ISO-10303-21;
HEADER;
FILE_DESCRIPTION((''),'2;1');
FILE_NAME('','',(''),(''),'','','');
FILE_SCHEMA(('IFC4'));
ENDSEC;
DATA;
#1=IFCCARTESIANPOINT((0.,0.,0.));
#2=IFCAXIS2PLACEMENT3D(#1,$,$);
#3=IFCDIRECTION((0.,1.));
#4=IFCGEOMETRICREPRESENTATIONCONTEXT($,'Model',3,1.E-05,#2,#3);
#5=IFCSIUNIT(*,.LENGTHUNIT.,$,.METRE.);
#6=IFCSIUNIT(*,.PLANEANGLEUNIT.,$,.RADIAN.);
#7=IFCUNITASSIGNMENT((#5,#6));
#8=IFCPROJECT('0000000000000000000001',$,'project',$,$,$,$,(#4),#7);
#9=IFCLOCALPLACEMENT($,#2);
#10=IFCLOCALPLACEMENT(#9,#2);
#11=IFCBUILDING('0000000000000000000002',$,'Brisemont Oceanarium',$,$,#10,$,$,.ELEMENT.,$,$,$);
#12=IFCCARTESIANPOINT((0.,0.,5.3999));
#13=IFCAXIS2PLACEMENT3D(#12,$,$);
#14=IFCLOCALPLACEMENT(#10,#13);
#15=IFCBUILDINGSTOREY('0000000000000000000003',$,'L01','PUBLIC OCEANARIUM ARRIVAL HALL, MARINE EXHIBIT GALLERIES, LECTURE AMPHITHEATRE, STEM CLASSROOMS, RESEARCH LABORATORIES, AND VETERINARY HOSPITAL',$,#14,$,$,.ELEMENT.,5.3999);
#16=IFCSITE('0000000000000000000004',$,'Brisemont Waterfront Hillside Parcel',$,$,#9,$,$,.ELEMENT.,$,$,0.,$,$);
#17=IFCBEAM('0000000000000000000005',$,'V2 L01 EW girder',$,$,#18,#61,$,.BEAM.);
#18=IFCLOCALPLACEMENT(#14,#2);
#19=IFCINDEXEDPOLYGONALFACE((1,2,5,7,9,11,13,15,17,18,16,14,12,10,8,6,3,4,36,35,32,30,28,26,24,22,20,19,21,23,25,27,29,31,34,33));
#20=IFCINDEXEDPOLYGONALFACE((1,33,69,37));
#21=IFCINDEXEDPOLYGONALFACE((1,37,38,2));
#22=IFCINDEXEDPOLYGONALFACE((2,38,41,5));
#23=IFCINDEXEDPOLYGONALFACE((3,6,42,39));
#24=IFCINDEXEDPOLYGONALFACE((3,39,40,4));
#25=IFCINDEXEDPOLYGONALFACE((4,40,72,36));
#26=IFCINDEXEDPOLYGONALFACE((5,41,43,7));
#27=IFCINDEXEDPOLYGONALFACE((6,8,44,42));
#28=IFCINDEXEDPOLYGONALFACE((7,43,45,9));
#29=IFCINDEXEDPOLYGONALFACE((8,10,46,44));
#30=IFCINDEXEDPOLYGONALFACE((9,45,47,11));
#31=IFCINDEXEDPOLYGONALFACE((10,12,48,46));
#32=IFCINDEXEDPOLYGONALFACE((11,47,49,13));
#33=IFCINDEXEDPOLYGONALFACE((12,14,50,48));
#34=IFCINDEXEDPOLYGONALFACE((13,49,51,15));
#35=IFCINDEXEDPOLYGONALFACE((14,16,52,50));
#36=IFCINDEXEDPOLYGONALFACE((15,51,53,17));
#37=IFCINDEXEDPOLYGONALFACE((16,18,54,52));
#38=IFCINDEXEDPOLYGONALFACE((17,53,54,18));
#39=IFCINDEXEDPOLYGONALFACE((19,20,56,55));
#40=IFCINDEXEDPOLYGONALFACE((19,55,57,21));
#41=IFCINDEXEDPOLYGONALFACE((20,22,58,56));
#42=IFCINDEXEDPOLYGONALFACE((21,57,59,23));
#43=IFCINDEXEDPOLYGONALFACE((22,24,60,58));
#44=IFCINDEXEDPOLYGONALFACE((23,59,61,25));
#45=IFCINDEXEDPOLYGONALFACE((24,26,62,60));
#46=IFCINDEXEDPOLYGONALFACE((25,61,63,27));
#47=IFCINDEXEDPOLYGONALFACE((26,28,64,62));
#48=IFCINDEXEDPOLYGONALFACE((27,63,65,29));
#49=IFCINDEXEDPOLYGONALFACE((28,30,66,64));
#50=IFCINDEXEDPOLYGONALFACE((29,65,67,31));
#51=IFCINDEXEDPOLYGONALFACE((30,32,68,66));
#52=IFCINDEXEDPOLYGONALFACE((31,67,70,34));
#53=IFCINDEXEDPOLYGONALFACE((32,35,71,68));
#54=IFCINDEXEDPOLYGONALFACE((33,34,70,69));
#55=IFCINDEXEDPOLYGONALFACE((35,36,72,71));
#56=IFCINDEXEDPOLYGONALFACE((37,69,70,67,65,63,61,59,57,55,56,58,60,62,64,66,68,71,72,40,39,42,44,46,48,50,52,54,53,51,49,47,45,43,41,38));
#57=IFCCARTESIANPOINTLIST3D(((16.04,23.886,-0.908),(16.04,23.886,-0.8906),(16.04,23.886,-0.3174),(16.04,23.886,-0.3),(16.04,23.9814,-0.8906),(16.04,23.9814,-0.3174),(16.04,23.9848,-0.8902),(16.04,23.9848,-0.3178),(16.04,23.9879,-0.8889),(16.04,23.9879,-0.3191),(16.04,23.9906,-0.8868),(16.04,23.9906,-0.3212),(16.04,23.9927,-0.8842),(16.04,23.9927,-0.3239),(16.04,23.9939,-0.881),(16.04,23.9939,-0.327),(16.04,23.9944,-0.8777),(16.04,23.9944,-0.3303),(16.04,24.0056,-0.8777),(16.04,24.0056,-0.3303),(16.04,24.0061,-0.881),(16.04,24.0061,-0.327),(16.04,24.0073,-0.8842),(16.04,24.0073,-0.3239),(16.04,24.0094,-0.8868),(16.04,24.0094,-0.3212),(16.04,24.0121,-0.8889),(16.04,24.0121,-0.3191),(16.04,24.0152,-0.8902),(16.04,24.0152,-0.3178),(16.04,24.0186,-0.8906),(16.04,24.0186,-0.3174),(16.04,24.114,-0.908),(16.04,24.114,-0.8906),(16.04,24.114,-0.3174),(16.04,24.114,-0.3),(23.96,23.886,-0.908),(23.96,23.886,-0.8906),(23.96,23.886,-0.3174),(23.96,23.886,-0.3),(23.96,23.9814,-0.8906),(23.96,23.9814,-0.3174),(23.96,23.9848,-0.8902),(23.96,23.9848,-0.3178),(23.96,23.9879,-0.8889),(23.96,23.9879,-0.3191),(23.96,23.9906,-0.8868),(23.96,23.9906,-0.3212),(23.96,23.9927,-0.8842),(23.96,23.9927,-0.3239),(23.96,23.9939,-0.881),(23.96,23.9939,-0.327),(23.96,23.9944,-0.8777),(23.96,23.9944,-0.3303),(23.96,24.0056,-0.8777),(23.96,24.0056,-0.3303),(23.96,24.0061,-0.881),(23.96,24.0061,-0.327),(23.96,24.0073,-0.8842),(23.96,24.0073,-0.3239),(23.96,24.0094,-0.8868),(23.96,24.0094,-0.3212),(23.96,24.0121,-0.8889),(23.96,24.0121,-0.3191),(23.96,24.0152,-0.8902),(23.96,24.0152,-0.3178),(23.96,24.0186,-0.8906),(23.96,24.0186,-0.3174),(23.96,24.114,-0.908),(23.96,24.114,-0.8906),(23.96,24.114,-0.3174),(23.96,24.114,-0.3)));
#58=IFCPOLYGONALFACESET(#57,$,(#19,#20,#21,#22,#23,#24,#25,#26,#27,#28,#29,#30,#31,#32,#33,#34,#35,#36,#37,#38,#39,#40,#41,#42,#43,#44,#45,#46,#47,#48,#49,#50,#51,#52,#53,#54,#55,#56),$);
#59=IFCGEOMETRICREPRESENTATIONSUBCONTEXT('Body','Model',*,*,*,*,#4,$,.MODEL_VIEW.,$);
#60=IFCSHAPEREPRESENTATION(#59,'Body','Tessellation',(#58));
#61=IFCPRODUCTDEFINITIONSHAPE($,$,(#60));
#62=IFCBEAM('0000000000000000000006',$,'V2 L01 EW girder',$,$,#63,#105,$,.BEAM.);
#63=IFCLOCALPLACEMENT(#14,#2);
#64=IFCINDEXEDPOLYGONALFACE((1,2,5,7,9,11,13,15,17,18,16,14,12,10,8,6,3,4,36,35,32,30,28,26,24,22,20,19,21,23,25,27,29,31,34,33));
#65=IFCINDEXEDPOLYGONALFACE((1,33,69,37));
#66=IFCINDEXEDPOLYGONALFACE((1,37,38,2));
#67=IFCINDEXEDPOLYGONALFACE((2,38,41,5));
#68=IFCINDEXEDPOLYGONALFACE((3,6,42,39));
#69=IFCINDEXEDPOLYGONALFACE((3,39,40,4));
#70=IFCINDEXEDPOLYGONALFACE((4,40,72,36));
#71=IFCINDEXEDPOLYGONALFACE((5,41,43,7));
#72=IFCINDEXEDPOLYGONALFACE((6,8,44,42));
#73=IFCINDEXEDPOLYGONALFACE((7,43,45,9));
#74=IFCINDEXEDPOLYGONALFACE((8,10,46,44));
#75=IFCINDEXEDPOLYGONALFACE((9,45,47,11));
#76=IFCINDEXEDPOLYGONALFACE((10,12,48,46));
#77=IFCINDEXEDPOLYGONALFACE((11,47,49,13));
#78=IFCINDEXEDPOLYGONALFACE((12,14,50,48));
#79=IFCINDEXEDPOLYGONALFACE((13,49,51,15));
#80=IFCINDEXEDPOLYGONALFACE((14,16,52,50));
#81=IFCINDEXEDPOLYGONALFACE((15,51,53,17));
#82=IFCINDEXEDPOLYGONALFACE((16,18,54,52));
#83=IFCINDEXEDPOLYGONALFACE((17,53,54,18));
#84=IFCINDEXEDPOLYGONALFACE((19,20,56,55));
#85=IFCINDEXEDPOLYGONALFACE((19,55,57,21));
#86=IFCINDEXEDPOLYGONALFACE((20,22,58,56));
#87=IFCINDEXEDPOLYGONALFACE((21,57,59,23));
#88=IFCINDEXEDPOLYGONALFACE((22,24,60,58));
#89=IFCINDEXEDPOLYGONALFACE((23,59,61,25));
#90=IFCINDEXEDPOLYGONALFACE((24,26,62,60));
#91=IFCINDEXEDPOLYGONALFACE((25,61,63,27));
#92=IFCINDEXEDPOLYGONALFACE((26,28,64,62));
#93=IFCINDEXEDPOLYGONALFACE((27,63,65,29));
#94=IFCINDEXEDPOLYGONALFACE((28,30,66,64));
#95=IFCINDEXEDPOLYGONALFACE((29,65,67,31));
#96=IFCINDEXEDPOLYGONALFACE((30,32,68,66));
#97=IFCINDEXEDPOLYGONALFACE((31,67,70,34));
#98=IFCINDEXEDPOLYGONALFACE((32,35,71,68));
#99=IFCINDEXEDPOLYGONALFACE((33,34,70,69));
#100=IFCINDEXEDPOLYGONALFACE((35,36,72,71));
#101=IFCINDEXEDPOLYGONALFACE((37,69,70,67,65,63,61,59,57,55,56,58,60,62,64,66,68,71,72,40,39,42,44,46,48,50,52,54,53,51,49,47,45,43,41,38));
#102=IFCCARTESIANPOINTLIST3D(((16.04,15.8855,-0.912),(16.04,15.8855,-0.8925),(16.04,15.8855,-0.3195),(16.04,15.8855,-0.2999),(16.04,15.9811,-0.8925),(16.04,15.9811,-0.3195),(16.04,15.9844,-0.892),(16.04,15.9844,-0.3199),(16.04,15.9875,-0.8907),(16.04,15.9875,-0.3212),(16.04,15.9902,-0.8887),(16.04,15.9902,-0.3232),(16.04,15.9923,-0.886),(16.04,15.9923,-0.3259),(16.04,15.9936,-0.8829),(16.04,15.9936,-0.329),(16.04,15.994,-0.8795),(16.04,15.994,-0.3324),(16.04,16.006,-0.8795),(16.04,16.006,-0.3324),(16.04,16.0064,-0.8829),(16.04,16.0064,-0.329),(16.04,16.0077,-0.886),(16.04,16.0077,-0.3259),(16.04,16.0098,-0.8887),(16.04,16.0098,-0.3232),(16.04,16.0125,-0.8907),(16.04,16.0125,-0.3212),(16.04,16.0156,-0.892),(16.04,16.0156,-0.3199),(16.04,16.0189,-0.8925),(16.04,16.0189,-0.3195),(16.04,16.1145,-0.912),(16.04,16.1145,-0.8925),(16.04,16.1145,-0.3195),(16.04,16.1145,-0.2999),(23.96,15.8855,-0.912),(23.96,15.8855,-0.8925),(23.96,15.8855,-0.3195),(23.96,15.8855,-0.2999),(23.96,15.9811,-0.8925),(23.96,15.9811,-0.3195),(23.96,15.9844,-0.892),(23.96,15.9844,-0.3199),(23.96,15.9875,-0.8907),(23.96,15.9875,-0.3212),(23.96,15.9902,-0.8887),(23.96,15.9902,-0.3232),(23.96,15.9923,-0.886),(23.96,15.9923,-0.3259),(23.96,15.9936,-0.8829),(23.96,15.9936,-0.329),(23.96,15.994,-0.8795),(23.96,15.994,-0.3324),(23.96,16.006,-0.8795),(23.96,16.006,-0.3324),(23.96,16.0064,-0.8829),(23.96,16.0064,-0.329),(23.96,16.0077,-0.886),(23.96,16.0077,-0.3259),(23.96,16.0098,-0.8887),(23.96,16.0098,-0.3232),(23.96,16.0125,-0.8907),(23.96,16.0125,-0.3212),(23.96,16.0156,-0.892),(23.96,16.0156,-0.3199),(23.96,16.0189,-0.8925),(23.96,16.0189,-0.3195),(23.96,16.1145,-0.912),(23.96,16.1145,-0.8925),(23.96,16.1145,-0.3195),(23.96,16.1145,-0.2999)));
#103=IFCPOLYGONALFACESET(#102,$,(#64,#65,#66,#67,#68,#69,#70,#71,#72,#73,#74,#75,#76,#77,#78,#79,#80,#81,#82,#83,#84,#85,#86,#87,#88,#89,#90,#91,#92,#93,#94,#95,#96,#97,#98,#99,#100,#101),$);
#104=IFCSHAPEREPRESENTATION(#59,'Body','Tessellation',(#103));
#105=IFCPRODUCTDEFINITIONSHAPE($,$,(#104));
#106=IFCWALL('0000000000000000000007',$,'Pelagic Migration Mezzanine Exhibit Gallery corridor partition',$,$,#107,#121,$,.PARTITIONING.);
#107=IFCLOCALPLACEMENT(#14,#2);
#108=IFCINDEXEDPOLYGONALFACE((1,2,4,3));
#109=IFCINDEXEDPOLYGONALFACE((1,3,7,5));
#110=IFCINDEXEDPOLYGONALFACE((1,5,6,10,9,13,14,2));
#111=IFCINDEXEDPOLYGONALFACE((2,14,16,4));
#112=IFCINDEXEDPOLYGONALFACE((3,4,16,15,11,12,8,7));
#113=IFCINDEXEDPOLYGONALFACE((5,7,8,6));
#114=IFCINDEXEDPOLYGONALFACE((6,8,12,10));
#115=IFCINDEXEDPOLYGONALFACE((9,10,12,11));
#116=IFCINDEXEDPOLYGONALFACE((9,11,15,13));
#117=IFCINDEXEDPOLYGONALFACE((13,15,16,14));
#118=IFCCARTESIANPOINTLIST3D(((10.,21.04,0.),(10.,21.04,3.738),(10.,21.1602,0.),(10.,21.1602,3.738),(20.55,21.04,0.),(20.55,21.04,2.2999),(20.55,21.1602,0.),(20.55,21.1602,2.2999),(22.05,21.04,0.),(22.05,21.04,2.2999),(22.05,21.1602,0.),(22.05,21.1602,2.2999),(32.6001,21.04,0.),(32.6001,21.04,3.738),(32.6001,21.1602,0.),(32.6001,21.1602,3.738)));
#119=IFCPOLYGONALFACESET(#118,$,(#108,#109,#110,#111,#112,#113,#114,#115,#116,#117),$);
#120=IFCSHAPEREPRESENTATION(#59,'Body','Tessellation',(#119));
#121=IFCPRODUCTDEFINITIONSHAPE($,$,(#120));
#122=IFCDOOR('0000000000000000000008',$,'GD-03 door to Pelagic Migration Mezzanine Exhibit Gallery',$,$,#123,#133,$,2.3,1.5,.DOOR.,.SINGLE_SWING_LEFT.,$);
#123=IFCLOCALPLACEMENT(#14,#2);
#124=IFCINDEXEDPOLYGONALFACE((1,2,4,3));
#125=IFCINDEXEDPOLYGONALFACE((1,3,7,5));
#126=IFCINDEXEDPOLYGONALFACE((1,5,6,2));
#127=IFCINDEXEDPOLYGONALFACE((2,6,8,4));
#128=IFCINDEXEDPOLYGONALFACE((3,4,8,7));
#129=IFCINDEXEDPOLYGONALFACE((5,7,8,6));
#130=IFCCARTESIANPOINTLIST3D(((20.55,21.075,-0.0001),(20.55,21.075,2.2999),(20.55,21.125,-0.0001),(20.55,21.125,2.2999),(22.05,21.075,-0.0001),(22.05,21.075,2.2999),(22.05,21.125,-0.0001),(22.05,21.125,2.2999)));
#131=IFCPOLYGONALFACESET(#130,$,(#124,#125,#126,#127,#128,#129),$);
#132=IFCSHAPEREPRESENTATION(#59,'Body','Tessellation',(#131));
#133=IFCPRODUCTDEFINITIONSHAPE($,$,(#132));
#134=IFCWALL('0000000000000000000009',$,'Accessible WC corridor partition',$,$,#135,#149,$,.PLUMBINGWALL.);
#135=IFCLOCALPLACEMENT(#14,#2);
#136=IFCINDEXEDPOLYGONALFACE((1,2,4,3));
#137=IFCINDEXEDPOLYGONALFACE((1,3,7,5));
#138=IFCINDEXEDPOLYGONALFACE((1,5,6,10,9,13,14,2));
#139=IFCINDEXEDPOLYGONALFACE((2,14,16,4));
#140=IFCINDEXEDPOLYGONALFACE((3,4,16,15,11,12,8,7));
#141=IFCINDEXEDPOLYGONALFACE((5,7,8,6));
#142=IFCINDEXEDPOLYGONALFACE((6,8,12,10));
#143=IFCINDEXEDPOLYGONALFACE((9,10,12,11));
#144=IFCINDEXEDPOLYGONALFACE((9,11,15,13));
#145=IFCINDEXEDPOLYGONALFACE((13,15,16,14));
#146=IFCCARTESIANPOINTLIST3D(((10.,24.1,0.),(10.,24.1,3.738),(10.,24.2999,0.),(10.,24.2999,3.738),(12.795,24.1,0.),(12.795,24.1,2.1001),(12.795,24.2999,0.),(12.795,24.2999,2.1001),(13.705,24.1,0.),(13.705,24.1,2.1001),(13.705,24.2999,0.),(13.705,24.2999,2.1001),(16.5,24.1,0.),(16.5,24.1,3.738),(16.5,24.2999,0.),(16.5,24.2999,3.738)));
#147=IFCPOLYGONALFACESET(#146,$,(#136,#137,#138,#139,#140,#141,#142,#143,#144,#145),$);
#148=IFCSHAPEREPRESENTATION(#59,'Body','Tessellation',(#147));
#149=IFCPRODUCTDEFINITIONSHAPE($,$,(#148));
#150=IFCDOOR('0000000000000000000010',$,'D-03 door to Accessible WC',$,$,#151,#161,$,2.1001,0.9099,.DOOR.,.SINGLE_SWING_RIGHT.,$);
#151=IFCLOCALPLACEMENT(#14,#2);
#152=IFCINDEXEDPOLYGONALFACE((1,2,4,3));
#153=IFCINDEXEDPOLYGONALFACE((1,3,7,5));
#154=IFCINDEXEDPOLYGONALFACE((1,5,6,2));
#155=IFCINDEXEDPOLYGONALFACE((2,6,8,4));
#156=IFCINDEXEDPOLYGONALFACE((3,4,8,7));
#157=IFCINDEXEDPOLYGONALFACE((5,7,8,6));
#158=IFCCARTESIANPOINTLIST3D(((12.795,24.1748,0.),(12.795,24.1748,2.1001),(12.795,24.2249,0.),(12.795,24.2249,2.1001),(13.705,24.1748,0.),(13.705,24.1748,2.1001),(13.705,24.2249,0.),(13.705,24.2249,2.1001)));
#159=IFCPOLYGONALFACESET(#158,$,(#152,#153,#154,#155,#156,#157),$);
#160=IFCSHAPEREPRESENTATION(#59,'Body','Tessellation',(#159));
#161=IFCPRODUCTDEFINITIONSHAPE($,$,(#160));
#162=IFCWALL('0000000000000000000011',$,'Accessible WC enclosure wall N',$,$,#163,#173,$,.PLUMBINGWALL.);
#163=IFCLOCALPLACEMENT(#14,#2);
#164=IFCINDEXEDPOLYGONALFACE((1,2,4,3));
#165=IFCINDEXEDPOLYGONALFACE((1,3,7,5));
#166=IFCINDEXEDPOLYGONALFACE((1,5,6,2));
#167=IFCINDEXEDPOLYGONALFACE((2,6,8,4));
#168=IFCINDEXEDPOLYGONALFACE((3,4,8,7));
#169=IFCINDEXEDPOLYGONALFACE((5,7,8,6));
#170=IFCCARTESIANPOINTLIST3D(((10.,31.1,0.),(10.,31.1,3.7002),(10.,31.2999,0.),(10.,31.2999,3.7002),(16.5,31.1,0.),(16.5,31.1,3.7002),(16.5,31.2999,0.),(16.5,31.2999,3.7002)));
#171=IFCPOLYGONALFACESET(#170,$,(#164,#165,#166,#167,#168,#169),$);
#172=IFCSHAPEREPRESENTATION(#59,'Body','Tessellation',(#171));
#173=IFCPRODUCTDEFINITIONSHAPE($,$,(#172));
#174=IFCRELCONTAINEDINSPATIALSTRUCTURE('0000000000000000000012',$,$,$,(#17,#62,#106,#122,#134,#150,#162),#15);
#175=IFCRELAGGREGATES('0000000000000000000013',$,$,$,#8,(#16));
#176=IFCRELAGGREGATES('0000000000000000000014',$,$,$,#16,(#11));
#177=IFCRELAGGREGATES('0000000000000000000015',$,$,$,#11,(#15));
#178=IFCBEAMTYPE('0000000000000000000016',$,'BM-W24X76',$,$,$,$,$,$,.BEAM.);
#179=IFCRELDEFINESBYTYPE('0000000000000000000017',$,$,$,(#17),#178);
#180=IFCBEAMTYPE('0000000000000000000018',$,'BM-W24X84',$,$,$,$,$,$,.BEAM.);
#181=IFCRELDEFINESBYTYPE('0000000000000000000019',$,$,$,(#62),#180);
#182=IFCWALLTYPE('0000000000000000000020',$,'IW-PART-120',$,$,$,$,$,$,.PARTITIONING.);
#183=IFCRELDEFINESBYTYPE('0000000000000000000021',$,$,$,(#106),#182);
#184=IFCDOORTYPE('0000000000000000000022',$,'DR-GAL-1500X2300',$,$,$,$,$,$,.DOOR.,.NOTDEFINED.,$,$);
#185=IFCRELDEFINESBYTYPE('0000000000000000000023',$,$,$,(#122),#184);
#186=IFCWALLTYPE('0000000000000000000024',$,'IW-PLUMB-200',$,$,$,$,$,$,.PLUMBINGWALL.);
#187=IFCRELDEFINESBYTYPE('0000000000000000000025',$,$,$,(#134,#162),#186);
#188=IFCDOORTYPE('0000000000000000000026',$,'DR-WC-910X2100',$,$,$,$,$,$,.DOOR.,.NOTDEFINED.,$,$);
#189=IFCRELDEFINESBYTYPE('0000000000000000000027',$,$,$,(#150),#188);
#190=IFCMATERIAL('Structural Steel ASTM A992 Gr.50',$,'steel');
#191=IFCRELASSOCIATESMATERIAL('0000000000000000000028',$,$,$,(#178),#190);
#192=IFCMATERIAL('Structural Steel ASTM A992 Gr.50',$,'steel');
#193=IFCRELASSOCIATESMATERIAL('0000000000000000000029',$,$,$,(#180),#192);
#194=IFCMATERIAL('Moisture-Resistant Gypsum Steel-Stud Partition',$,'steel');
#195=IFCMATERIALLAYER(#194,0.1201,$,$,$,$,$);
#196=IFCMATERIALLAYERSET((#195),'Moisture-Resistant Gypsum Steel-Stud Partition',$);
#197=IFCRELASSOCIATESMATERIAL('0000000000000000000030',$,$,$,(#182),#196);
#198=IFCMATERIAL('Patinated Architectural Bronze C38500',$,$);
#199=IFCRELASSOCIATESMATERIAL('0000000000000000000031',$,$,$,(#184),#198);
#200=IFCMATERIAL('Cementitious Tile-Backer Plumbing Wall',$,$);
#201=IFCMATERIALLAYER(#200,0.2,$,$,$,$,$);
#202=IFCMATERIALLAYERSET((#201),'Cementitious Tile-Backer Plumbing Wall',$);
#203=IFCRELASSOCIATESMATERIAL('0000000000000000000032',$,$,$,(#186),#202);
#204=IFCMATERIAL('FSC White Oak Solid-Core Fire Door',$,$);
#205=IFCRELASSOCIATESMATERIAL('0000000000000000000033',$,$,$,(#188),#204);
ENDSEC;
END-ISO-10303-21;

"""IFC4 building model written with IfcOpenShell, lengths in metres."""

from ifc_helpers import new_model, si_unit, direction, frame, frame_2d, origin, origin_2d, place, context, subcontext, project, spatial, rectangle, i_section, extrude, material, layer, layer_set, material_profile, profile_set, type_object, element, fill, save


model = new_model("IFC4")

# Units and contexts
model_context = context("Model", 3, precision=1e-05, world=origin(), true_north=direction((0.0, 1.0)))
body_context = subcontext(model_context, "Body", "Model", "MODEL_VIEW")
ifc_project = project(units=[si_unit("LENGTHUNIT", "METRE"), si_unit("PLANEANGLEUNIT", "RADIAN")], contexts=[model_context])

# Site, building, storey
site_placement = place(None, origin())
site = spatial("IfcSite", under=ifc_project, at=site_placement, Name="Brisemont Waterfront Hillside Parcel", CompositionType="ELEMENT", RefElevation=0.0)
building_placement = place(site_placement, origin())
building = spatial("IfcBuilding", under=site, at=building_placement, Name="Brisemont Oceanarium", CompositionType="ELEMENT")
storey_placement = place(building_placement, frame((0.0, 0.0, 5.3999)))
storey = spatial("IfcBuildingStorey", under=building, at=storey_placement, Name="L01", Description="PUBLIC OCEANARIUM ARRIVAL HALL, MARINE EXHIBIT GALLERIES, LECTURE AMPHITHEATRE, STEM CLASSROOMS, RESEARCH LABORATORIES, AND VETERINARY HOSPITAL", CompositionType="ELEMENT", Elevation=5.3999)

# Beams
ifc_material_1 = material(Name="Structural Steel ASTM A992 Gr.50", Category="steel")
ifc_material_profile_1 = material_profile(ifc_material_1, i_section(OverallWidth=0.228, OverallDepth=0.6079, WebThickness=0.0112, FlangeThickness=0.0173, FilletRadius=0.0129, at=origin_2d()), Name="W24X76")
ifc_profile_set_1 = profile_set([ifc_material_profile_1], Name="Structural Steel ASTM A992 Gr.50")
beam_type_1 = type_object("IfcBeamType", Name="BM-W24X76", PredefinedType="BEAM", material=ifc_profile_set_1)
beam_1_placement = place(storey_placement, frame((16.04, 24.0, -0.604), z_axis=(1.0, 0.0, 0.0), x_axis=(0.0, 1.0, 0.0)))
element("IfcBeam", 1, at=beam_1_placement, inside=storey, type_object=beam_type_1, Name="V2 L01 EW girder", PredefinedType="BEAM", context=body_context, shape_type="SweptSolid", body=[
    extrude(i_section(OverallWidth=0.228, OverallDepth=0.6079, WebThickness=0.0112, FlangeThickness=0.0173, FilletRadius=0.0129, at=origin_2d()), origin(), (0.0, 0.0, 1.0), 7.9199),
])
ifc_material_2 = material(Name="Structural Steel ASTM A992 Gr.50", Category="steel")
ifc_material_profile_2 = material_profile(ifc_material_2, i_section(OverallWidth=0.229, OverallDepth=0.6121, WebThickness=0.012, FlangeThickness=0.0195, FilletRadius=0.0129, at=origin_2d()), Name="W24X84")
ifc_profile_set_2 = profile_set([ifc_material_profile_2], Name="Structural Steel ASTM A992 Gr.50")
beam_type_2 = type_object("IfcBeamType", Name="BM-W24X84", PredefinedType="BEAM", material=ifc_profile_set_2)
beam_2_placement = place(storey_placement, frame((16.04, 16.0, -0.606), z_axis=(1.0, 0.0, 0.0), x_axis=(0.0, 1.0, 0.0)))
element("IfcBeam", 2, at=beam_2_placement, inside=storey, type_object=beam_type_2, Name="V2 L01 EW girder", PredefinedType="BEAM", context=body_context, shape_type="SweptSolid", body=[
    extrude(i_section(OverallWidth=0.229, OverallDepth=0.6121, WebThickness=0.012, FlangeThickness=0.0195, FilletRadius=0.0129, at=origin_2d()), origin(), (0.0, 0.0, 1.0), 7.9199),
])

# Walls, openings, doors
ifc_material_3 = material(Name="Moisture-Resistant Gypsum Steel-Stud Partition", Category="steel")
ifc_layer_1 = layer(ifc_material_3, 0.1201)
ifc_layer_set_1 = layer_set([ifc_layer_1], Name="Moisture-Resistant Gypsum Steel-Stud Partition")
wall_type_1 = type_object("IfcWallType", Name="IW-PART-120", PredefinedType="PARTITIONING", material=ifc_layer_set_1)
wall_1_placement = place(storey_placement, frame((10.0, 21.1001, 0.0), z_axis=(0.0, 0.0, 1.0), x_axis=(1.0, 0.0, 0.0)))
wall_1 = element("IfcWall", 3, at=wall_1_placement, inside=storey, type_object=wall_type_1, Name="Pelagic Migration Mezzanine Exhibit Gallery corridor partition", PredefinedType="PARTITIONING", context=body_context, shape_type="SweptSolid", body=[
    extrude(rectangle(XDim=22.6001, YDim=0.1201, at=frame_2d((11.3, 0.0))), origin(), (0.0, 0.0, 1.0), 3.738),
])
opening_1_placement = place(wall_1_placement, frame((10.55, 0.0, 0.0)))
opening_1 = element("IfcOpeningElement", 4, at=opening_1_placement, cuts=wall_1, PredefinedType="OPENING", context=body_context, shape_type="SweptSolid", body=[
    extrude(rectangle(XDim=1.5, YDim=2.3, at=frame_2d((0.75, 1.1499))), frame((0.0, 0.0701, 0.0), z_axis=(0.0, -1.0, 0.0), x_axis=(1.0, 0.0, 0.0)), (0.0, 0.0, 1.0), 0.1401),
])
ifc_material_4 = material(Name="Patinated Architectural Bronze C38500")
door_type_1 = type_object("IfcDoorType", Name="DR-GAL-1500X2300", OperationType="NOTDEFINED", PredefinedType="DOOR", material=ifc_material_4)
door_1_placement = place(opening_1_placement, origin())
door_1 = element("IfcDoor", 5, at=door_1_placement, inside=storey, type_object=door_type_1, Name="GD-03 door to Pelagic Migration Mezzanine Exhibit Gallery", OperationType="SINGLE_SWING_LEFT", OverallHeight=2.3, OverallWidth=1.5, PredefinedType="DOOR", context=body_context, shape_type="SweptSolid", body=[
    extrude(rectangle(XDim=1.5, YDim=2.3, at=frame_2d((0.75, 1.1499))), frame((0.0, 0.0249, 0.0), z_axis=(0.0, -1.0, 0.0), x_axis=(1.0, 0.0, 0.0)), (0.0, 0.0, 1.0), 0.05),
])
fill(opening_1, door_1)
ifc_material_5 = material(Name="Cementitious Tile-Backer Plumbing Wall")
ifc_layer_2 = layer(ifc_material_5, 0.2)
ifc_layer_set_2 = layer_set([ifc_layer_2], Name="Cementitious Tile-Backer Plumbing Wall")
wall_type_2 = type_object("IfcWallType", Name="IW-PLUMB-200", PredefinedType="PLUMBINGWALL", material=ifc_layer_set_2)
wall_2_placement = place(storey_placement, frame((10.0, 24.2, 0.0), z_axis=(0.0, 0.0, 1.0), x_axis=(1.0, 0.0, 0.0)))
wall_2 = element("IfcWall", 6, at=wall_2_placement, inside=storey, type_object=wall_type_2, Name="Accessible WC corridor partition", PredefinedType="PLUMBINGWALL", context=body_context, shape_type="SweptSolid", body=[
    extrude(rectangle(XDim=6.5, YDim=0.2, at=frame_2d((3.25, 0.0))), origin(), (0.0, 0.0, 1.0), 3.738),
])
opening_2_placement = place(wall_2_placement, frame((2.7949, 0.0, 0.0)))
opening_2 = element("IfcOpeningElement", 7, at=opening_2_placement, cuts=wall_2, PredefinedType="OPENING", context=body_context, shape_type="SweptSolid", body=[
    extrude(rectangle(XDim=0.9099, YDim=2.1001, at=frame_2d((0.4551, 1.05))), frame((0.0, 0.1099, 0.0), z_axis=(0.0, -1.0, 0.0), x_axis=(1.0, 0.0, 0.0)), (0.0, 0.0, 1.0), 0.22),
])
ifc_material_6 = material(Name="FSC White Oak Solid-Core Fire Door")
door_type_2 = type_object("IfcDoorType", Name="DR-WC-910X2100", OperationType="NOTDEFINED", PredefinedType="DOOR", material=ifc_material_6)
door_2_placement = place(opening_2_placement, origin())
door_2 = element("IfcDoor", 8, at=door_2_placement, inside=storey, type_object=door_type_2, Name="D-03 door to Accessible WC", OperationType="SINGLE_SWING_RIGHT", OverallHeight=2.1001, OverallWidth=0.9099, PredefinedType="DOOR", context=body_context, shape_type="SweptSolid", body=[
    extrude(rectangle(XDim=0.9099, YDim=2.1001, at=frame_2d((0.4551, 1.05))), frame((0.0, 0.0249, 0.0), z_axis=(0.0, -1.0, 0.0), x_axis=(1.0, 0.0, 0.0)), (0.0, 0.0, 1.0), 0.05),
])
fill(opening_2, door_2)

# Wall
wall_3_placement = place(storey_placement, frame((10.0, 31.2, 0.0), z_axis=(0.0, 0.0, 1.0), x_axis=(1.0, 0.0, 0.0)))
element("IfcWall", 9, at=wall_3_placement, inside=storey, type_object=wall_type_2, Name="Accessible WC enclosure wall N", PredefinedType="PLUMBINGWALL", context=body_context, shape_type="SweptSolid", body=[
    extrude(rectangle(XDim=6.5, YDim=0.2, at=frame_2d((3.25, 0.0))), origin(), (0.0, 0.0, 1.0), 3.7002),
])

save(model, "model.ifc")
